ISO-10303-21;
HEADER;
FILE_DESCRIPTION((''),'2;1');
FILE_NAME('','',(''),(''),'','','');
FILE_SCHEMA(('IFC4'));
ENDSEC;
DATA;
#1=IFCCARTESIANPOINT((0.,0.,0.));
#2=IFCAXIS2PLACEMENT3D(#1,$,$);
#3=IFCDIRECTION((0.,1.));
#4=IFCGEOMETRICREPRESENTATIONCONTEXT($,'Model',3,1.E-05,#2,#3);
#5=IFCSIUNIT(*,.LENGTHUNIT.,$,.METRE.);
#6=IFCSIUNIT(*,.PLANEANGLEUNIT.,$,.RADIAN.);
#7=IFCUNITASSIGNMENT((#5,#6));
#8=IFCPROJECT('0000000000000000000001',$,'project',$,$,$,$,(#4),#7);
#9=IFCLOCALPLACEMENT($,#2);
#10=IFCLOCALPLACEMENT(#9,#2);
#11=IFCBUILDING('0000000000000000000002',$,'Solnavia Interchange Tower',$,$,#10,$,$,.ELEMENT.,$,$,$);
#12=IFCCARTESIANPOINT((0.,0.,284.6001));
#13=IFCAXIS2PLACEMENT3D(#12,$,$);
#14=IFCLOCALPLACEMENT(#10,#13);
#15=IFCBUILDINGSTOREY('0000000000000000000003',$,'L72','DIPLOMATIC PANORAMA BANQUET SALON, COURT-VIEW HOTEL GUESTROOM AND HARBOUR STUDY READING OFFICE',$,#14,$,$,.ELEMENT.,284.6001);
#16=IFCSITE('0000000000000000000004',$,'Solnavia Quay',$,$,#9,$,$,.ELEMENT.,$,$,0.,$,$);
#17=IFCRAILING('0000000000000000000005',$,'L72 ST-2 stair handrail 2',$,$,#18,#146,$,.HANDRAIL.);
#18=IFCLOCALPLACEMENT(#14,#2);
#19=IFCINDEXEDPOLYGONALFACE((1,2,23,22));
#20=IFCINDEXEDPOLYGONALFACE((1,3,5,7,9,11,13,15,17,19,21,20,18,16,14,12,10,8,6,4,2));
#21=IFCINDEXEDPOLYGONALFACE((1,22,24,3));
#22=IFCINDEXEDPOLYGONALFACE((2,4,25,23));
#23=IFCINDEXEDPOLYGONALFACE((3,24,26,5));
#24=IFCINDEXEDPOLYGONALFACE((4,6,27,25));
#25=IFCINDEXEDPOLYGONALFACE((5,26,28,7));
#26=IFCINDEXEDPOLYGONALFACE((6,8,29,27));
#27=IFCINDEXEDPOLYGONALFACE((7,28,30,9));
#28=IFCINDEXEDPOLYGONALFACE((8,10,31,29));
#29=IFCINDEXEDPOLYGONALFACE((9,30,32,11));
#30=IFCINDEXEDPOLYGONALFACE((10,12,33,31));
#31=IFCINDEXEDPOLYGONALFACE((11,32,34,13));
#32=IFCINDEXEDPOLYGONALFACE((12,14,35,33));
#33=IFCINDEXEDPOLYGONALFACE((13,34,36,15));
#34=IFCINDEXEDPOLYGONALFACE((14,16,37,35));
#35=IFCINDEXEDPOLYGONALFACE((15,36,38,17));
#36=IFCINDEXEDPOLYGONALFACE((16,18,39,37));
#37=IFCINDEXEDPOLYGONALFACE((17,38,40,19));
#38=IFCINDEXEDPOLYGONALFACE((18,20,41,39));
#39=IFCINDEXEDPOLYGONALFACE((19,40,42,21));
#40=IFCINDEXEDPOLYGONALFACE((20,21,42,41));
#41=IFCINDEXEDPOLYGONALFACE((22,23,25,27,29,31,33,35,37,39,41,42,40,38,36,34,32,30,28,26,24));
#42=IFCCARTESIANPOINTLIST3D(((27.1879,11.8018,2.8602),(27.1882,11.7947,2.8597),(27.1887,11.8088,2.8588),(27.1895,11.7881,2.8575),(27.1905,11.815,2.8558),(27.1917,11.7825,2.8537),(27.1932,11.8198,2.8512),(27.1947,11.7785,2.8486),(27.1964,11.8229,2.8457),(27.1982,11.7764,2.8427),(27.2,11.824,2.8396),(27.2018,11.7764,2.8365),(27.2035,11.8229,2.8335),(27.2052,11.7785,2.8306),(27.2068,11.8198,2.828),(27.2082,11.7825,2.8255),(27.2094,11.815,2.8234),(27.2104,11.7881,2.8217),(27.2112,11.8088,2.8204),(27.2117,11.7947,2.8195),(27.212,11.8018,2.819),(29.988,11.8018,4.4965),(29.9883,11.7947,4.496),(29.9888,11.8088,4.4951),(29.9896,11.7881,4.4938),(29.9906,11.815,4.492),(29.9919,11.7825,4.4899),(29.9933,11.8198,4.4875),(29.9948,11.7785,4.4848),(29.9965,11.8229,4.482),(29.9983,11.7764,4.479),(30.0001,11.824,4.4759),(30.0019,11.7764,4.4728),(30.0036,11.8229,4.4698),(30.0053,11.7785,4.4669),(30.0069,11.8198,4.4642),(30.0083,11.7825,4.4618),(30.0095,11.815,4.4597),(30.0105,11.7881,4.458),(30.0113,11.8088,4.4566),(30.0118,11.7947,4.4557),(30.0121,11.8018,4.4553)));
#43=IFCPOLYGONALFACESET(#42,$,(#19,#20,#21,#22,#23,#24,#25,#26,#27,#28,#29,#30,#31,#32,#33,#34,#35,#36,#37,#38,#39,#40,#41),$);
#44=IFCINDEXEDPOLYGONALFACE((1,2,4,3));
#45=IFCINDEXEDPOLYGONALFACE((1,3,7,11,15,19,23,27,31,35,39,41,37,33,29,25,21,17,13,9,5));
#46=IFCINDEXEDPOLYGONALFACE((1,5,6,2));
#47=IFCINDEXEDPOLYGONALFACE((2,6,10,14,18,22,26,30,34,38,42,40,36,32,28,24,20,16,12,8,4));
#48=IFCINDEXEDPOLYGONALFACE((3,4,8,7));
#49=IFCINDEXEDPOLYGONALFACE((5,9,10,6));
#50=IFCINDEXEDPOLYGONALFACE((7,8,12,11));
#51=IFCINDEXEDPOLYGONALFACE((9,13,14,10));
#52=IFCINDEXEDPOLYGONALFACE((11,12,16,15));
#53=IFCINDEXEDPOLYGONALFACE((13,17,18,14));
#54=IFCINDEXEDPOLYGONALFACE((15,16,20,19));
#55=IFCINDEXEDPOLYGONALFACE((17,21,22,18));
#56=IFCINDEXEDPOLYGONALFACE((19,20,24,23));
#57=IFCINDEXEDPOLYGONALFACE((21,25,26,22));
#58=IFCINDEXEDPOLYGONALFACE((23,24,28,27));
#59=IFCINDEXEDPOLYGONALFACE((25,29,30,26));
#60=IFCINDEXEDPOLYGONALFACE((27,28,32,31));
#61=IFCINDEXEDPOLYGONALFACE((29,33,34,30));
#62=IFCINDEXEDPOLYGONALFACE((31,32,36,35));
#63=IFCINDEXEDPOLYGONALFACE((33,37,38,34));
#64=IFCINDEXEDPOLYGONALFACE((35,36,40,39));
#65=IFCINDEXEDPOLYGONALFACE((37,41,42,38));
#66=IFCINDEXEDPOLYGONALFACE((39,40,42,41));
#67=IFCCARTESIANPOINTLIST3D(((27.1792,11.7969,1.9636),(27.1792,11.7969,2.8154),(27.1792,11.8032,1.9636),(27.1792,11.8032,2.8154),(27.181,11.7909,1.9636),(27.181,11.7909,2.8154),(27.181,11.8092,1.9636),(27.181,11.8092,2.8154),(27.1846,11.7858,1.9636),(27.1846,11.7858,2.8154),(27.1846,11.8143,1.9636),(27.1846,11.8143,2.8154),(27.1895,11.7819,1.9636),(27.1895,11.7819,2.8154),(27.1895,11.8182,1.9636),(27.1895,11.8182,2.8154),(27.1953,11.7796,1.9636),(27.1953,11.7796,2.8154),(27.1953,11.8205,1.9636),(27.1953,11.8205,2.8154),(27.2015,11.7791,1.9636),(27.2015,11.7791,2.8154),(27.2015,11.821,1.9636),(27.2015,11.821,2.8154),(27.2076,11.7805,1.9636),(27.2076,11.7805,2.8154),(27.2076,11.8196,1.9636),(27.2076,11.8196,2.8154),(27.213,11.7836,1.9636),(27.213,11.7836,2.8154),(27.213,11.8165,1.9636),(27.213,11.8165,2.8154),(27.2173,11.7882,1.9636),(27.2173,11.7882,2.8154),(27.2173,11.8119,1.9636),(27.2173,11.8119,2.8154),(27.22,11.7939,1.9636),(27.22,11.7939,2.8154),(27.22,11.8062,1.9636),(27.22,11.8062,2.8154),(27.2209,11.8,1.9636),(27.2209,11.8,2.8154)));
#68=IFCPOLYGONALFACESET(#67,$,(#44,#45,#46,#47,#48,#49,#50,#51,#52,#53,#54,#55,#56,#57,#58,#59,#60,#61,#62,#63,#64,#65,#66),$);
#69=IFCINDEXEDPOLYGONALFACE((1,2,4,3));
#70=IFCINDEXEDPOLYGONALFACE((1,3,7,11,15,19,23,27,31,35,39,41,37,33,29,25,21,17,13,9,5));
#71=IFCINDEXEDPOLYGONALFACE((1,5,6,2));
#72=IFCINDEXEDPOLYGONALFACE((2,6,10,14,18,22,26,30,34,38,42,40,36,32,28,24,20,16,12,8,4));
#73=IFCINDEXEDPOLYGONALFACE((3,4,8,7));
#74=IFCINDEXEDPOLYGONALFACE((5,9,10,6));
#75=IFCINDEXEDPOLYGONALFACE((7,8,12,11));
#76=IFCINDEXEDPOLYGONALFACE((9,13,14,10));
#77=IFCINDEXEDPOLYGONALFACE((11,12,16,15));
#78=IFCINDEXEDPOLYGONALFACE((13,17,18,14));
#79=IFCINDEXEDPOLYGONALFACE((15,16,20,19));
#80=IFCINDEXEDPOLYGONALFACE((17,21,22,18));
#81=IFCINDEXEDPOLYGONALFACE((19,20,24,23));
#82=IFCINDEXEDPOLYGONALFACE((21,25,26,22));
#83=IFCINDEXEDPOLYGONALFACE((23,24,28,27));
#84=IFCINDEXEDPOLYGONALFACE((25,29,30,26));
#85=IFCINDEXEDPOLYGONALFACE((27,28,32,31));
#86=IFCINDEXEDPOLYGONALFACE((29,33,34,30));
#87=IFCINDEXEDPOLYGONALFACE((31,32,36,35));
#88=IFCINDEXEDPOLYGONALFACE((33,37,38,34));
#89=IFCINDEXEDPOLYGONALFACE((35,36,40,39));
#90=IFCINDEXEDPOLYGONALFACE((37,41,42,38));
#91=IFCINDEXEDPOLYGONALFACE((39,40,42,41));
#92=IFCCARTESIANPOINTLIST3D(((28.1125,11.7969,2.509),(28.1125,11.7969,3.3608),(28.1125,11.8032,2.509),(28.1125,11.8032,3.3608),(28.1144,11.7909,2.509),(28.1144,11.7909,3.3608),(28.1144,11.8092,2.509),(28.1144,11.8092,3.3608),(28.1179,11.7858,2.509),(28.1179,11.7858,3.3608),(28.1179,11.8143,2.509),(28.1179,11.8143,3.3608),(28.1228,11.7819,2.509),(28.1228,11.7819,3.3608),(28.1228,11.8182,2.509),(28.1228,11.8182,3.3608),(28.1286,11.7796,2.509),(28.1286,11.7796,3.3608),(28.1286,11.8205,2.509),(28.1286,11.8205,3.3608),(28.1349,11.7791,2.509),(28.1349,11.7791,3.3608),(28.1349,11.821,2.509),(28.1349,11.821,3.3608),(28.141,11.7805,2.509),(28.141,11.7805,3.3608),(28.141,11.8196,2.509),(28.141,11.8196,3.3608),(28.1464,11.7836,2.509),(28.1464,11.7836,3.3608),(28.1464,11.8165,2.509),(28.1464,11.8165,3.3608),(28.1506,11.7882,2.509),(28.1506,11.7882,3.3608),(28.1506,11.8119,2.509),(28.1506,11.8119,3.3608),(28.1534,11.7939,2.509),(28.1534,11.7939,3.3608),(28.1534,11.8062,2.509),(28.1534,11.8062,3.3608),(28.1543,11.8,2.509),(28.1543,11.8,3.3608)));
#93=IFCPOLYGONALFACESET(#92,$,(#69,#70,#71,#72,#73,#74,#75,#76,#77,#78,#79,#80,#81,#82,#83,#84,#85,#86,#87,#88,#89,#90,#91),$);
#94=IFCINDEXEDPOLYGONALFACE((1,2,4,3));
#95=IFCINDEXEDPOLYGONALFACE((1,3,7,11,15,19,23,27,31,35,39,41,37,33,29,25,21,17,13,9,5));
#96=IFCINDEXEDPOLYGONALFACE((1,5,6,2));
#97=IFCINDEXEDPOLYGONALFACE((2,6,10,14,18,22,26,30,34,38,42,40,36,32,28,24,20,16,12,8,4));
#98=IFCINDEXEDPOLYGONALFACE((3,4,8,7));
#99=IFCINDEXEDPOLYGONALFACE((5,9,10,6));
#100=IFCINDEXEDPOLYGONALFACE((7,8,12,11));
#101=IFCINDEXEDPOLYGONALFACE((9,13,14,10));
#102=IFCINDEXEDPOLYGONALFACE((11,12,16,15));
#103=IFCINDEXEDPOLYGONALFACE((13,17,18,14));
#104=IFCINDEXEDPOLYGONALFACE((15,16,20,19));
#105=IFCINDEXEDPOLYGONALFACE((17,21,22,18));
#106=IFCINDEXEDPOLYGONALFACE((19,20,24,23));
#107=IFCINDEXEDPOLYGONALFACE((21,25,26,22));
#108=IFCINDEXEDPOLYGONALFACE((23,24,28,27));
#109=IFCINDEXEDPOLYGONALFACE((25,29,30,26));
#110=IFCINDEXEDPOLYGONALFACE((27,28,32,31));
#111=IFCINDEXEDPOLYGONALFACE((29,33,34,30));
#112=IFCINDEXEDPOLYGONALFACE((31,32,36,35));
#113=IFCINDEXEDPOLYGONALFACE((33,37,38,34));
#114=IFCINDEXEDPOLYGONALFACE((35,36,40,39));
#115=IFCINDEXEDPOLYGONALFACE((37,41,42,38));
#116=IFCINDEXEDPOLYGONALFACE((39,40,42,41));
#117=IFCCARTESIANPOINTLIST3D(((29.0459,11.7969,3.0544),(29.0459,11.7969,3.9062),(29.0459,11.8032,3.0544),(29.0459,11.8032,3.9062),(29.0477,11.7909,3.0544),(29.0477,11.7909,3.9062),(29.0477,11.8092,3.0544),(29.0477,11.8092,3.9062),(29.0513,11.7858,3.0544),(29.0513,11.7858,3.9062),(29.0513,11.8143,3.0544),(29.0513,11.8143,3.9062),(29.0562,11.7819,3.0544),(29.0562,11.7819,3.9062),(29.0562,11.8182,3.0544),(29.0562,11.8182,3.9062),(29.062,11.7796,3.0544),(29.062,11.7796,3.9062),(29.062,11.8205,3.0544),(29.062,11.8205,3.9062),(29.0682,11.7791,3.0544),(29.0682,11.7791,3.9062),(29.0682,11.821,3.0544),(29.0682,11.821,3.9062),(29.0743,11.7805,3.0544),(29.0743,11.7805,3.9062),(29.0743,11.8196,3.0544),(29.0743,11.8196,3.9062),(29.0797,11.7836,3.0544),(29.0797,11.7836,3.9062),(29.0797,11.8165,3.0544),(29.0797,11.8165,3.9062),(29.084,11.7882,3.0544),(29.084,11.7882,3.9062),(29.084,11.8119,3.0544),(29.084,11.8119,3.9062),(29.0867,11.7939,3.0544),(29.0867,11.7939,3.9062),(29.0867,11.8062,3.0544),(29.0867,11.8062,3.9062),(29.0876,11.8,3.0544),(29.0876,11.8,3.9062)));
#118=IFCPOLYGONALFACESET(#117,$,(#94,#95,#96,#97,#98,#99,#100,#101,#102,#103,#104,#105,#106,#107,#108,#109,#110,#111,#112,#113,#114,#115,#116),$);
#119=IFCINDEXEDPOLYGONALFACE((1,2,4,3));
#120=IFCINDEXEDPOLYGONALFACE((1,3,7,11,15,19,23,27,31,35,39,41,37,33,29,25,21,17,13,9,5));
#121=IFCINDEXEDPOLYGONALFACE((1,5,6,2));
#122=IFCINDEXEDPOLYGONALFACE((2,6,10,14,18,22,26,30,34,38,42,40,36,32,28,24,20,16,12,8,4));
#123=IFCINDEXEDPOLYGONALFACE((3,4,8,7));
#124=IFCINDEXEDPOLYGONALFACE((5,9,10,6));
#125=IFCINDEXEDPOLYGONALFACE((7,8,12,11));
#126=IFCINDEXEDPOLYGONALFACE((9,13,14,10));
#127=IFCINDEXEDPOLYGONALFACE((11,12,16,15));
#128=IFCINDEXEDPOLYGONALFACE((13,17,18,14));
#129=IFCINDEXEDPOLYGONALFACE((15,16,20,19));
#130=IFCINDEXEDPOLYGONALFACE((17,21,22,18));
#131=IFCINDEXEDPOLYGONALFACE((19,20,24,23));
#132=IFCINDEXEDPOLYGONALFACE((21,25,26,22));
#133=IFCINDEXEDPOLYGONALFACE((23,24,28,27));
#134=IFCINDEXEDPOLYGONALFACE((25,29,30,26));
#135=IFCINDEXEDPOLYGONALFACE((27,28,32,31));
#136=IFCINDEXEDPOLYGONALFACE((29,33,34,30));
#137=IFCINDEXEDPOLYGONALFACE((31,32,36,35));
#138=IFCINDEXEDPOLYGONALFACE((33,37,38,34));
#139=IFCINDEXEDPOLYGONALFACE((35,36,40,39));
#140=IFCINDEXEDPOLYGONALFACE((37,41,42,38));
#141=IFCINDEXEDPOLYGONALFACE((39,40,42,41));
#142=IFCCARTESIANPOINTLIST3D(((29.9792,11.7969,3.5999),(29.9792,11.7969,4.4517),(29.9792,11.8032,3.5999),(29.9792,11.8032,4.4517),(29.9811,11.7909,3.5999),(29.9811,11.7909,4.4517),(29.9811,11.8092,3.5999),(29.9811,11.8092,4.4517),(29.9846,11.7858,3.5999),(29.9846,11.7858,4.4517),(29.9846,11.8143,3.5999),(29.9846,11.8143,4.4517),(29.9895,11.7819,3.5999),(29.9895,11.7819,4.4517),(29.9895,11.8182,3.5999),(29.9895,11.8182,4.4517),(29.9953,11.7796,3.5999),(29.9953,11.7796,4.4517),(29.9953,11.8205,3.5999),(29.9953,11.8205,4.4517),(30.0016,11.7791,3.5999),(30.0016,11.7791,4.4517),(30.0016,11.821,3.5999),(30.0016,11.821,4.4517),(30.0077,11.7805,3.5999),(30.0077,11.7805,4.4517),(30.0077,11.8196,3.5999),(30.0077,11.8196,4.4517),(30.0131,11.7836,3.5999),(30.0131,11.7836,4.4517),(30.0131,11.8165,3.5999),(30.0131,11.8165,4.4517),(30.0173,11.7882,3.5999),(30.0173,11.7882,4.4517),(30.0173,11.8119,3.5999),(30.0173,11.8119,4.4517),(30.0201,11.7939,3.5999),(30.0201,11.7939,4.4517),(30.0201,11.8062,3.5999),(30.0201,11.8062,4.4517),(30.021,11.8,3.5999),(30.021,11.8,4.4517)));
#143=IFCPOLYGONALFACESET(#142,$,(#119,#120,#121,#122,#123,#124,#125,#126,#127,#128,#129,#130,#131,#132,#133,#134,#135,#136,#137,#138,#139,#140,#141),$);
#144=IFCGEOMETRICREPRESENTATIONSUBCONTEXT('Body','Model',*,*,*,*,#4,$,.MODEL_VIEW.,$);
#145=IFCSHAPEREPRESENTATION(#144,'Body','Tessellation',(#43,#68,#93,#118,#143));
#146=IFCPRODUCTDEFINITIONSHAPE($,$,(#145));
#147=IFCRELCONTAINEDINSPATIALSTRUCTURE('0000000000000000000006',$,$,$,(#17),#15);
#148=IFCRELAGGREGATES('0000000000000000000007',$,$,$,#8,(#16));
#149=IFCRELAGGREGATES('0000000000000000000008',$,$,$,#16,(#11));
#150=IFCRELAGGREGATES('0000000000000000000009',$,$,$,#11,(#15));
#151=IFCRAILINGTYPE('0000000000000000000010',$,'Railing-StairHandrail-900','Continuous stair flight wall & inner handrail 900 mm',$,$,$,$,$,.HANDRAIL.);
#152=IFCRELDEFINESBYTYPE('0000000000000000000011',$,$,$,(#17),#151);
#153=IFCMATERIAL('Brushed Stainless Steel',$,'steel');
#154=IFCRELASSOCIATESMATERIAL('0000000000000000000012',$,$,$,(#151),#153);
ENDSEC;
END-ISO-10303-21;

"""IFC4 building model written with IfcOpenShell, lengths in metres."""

from ifc_helpers import new_model, si_unit, direction, frame, origin, origin_2d, place, context, subcontext, project, spatial, circle, extrude, material, type_object, element, save


model = new_model("IFC4")

# Units and contexts
model_context = context("Model", 3, precision=1e-05, world=origin(), true_north=direction((0.0, 1.0)))
body_context = subcontext(model_context, "Body", "Model", "MODEL_VIEW")
ifc_project = project(units=[si_unit("LENGTHUNIT", "METRE"), si_unit("PLANEANGLEUNIT", "RADIAN")], contexts=[model_context])

# Site, building, storey
site_placement = place(None, origin())
site = spatial("IfcSite", under=ifc_project, at=site_placement, Name="Solnavia Quay", CompositionType="ELEMENT", RefElevation=0.0)
building_placement = place(site_placement, origin())
building = spatial("IfcBuilding", under=site, at=building_placement, Name="Solnavia Interchange Tower", CompositionType="ELEMENT")
storey_placement = place(building_placement, frame((0.0, 0.0, 284.6001)))
storey = spatial("IfcBuildingStorey", under=building, at=storey_placement, Name="L72", Description="DIPLOMATIC PANORAMA BANQUET SALON, COURT-VIEW HOTEL GUESTROOM AND HARBOUR STUDY READING OFFICE", CompositionType="ELEMENT", Elevation=284.6001)

# Railing
ifc_material_1 = material(Name="Brushed Stainless Steel", Category="steel")
railing_type_1 = type_object("IfcRailingType", Name="Railing-StairHandrail-900", Description="Continuous stair flight wall & inner handrail 900 mm", PredefinedType="HANDRAIL", material=ifc_material_1)
railing_1_placement = place(storey_placement, frame((27.2, 11.8, 1.9636)))
element("IfcRailing", 1, at=railing_1_placement, inside=storey, type_object=railing_type_1, Name="L72 ST-2 stair handrail 2", PredefinedType="HANDRAIL", context=body_context, shape_type="SweptSolid", body=[
    extrude(circle(Radius=0.0239, at=origin_2d()), frame((0.0, 0.0, 0.876), z_axis=(0.863394, 0.0, 0.504531), x_axis=(0.0, 1.0, 0.0)), (0.0, 0.0, 1.0), 3.2432),
    extrude(circle(Radius=0.021, at=origin_2d()), origin(), (0.0, 0.0, 1.0), 0.8518),
    extrude(circle(Radius=0.021, at=origin_2d()), frame((0.9333, 0.0, 0.5454)), (0.0, 0.0, 1.0), 0.8518),
    extrude(circle(Radius=0.021, at=origin_2d()), frame((1.8667, 0.0, 1.0908)), (0.0, 0.0, 1.0), 0.8518),
    extrude(circle(Radius=0.021, at=origin_2d()), frame((2.8, 0.0, 1.6362)), (0.0, 0.0, 1.0), 0.8518),
])

save(model, "model.ifc")
